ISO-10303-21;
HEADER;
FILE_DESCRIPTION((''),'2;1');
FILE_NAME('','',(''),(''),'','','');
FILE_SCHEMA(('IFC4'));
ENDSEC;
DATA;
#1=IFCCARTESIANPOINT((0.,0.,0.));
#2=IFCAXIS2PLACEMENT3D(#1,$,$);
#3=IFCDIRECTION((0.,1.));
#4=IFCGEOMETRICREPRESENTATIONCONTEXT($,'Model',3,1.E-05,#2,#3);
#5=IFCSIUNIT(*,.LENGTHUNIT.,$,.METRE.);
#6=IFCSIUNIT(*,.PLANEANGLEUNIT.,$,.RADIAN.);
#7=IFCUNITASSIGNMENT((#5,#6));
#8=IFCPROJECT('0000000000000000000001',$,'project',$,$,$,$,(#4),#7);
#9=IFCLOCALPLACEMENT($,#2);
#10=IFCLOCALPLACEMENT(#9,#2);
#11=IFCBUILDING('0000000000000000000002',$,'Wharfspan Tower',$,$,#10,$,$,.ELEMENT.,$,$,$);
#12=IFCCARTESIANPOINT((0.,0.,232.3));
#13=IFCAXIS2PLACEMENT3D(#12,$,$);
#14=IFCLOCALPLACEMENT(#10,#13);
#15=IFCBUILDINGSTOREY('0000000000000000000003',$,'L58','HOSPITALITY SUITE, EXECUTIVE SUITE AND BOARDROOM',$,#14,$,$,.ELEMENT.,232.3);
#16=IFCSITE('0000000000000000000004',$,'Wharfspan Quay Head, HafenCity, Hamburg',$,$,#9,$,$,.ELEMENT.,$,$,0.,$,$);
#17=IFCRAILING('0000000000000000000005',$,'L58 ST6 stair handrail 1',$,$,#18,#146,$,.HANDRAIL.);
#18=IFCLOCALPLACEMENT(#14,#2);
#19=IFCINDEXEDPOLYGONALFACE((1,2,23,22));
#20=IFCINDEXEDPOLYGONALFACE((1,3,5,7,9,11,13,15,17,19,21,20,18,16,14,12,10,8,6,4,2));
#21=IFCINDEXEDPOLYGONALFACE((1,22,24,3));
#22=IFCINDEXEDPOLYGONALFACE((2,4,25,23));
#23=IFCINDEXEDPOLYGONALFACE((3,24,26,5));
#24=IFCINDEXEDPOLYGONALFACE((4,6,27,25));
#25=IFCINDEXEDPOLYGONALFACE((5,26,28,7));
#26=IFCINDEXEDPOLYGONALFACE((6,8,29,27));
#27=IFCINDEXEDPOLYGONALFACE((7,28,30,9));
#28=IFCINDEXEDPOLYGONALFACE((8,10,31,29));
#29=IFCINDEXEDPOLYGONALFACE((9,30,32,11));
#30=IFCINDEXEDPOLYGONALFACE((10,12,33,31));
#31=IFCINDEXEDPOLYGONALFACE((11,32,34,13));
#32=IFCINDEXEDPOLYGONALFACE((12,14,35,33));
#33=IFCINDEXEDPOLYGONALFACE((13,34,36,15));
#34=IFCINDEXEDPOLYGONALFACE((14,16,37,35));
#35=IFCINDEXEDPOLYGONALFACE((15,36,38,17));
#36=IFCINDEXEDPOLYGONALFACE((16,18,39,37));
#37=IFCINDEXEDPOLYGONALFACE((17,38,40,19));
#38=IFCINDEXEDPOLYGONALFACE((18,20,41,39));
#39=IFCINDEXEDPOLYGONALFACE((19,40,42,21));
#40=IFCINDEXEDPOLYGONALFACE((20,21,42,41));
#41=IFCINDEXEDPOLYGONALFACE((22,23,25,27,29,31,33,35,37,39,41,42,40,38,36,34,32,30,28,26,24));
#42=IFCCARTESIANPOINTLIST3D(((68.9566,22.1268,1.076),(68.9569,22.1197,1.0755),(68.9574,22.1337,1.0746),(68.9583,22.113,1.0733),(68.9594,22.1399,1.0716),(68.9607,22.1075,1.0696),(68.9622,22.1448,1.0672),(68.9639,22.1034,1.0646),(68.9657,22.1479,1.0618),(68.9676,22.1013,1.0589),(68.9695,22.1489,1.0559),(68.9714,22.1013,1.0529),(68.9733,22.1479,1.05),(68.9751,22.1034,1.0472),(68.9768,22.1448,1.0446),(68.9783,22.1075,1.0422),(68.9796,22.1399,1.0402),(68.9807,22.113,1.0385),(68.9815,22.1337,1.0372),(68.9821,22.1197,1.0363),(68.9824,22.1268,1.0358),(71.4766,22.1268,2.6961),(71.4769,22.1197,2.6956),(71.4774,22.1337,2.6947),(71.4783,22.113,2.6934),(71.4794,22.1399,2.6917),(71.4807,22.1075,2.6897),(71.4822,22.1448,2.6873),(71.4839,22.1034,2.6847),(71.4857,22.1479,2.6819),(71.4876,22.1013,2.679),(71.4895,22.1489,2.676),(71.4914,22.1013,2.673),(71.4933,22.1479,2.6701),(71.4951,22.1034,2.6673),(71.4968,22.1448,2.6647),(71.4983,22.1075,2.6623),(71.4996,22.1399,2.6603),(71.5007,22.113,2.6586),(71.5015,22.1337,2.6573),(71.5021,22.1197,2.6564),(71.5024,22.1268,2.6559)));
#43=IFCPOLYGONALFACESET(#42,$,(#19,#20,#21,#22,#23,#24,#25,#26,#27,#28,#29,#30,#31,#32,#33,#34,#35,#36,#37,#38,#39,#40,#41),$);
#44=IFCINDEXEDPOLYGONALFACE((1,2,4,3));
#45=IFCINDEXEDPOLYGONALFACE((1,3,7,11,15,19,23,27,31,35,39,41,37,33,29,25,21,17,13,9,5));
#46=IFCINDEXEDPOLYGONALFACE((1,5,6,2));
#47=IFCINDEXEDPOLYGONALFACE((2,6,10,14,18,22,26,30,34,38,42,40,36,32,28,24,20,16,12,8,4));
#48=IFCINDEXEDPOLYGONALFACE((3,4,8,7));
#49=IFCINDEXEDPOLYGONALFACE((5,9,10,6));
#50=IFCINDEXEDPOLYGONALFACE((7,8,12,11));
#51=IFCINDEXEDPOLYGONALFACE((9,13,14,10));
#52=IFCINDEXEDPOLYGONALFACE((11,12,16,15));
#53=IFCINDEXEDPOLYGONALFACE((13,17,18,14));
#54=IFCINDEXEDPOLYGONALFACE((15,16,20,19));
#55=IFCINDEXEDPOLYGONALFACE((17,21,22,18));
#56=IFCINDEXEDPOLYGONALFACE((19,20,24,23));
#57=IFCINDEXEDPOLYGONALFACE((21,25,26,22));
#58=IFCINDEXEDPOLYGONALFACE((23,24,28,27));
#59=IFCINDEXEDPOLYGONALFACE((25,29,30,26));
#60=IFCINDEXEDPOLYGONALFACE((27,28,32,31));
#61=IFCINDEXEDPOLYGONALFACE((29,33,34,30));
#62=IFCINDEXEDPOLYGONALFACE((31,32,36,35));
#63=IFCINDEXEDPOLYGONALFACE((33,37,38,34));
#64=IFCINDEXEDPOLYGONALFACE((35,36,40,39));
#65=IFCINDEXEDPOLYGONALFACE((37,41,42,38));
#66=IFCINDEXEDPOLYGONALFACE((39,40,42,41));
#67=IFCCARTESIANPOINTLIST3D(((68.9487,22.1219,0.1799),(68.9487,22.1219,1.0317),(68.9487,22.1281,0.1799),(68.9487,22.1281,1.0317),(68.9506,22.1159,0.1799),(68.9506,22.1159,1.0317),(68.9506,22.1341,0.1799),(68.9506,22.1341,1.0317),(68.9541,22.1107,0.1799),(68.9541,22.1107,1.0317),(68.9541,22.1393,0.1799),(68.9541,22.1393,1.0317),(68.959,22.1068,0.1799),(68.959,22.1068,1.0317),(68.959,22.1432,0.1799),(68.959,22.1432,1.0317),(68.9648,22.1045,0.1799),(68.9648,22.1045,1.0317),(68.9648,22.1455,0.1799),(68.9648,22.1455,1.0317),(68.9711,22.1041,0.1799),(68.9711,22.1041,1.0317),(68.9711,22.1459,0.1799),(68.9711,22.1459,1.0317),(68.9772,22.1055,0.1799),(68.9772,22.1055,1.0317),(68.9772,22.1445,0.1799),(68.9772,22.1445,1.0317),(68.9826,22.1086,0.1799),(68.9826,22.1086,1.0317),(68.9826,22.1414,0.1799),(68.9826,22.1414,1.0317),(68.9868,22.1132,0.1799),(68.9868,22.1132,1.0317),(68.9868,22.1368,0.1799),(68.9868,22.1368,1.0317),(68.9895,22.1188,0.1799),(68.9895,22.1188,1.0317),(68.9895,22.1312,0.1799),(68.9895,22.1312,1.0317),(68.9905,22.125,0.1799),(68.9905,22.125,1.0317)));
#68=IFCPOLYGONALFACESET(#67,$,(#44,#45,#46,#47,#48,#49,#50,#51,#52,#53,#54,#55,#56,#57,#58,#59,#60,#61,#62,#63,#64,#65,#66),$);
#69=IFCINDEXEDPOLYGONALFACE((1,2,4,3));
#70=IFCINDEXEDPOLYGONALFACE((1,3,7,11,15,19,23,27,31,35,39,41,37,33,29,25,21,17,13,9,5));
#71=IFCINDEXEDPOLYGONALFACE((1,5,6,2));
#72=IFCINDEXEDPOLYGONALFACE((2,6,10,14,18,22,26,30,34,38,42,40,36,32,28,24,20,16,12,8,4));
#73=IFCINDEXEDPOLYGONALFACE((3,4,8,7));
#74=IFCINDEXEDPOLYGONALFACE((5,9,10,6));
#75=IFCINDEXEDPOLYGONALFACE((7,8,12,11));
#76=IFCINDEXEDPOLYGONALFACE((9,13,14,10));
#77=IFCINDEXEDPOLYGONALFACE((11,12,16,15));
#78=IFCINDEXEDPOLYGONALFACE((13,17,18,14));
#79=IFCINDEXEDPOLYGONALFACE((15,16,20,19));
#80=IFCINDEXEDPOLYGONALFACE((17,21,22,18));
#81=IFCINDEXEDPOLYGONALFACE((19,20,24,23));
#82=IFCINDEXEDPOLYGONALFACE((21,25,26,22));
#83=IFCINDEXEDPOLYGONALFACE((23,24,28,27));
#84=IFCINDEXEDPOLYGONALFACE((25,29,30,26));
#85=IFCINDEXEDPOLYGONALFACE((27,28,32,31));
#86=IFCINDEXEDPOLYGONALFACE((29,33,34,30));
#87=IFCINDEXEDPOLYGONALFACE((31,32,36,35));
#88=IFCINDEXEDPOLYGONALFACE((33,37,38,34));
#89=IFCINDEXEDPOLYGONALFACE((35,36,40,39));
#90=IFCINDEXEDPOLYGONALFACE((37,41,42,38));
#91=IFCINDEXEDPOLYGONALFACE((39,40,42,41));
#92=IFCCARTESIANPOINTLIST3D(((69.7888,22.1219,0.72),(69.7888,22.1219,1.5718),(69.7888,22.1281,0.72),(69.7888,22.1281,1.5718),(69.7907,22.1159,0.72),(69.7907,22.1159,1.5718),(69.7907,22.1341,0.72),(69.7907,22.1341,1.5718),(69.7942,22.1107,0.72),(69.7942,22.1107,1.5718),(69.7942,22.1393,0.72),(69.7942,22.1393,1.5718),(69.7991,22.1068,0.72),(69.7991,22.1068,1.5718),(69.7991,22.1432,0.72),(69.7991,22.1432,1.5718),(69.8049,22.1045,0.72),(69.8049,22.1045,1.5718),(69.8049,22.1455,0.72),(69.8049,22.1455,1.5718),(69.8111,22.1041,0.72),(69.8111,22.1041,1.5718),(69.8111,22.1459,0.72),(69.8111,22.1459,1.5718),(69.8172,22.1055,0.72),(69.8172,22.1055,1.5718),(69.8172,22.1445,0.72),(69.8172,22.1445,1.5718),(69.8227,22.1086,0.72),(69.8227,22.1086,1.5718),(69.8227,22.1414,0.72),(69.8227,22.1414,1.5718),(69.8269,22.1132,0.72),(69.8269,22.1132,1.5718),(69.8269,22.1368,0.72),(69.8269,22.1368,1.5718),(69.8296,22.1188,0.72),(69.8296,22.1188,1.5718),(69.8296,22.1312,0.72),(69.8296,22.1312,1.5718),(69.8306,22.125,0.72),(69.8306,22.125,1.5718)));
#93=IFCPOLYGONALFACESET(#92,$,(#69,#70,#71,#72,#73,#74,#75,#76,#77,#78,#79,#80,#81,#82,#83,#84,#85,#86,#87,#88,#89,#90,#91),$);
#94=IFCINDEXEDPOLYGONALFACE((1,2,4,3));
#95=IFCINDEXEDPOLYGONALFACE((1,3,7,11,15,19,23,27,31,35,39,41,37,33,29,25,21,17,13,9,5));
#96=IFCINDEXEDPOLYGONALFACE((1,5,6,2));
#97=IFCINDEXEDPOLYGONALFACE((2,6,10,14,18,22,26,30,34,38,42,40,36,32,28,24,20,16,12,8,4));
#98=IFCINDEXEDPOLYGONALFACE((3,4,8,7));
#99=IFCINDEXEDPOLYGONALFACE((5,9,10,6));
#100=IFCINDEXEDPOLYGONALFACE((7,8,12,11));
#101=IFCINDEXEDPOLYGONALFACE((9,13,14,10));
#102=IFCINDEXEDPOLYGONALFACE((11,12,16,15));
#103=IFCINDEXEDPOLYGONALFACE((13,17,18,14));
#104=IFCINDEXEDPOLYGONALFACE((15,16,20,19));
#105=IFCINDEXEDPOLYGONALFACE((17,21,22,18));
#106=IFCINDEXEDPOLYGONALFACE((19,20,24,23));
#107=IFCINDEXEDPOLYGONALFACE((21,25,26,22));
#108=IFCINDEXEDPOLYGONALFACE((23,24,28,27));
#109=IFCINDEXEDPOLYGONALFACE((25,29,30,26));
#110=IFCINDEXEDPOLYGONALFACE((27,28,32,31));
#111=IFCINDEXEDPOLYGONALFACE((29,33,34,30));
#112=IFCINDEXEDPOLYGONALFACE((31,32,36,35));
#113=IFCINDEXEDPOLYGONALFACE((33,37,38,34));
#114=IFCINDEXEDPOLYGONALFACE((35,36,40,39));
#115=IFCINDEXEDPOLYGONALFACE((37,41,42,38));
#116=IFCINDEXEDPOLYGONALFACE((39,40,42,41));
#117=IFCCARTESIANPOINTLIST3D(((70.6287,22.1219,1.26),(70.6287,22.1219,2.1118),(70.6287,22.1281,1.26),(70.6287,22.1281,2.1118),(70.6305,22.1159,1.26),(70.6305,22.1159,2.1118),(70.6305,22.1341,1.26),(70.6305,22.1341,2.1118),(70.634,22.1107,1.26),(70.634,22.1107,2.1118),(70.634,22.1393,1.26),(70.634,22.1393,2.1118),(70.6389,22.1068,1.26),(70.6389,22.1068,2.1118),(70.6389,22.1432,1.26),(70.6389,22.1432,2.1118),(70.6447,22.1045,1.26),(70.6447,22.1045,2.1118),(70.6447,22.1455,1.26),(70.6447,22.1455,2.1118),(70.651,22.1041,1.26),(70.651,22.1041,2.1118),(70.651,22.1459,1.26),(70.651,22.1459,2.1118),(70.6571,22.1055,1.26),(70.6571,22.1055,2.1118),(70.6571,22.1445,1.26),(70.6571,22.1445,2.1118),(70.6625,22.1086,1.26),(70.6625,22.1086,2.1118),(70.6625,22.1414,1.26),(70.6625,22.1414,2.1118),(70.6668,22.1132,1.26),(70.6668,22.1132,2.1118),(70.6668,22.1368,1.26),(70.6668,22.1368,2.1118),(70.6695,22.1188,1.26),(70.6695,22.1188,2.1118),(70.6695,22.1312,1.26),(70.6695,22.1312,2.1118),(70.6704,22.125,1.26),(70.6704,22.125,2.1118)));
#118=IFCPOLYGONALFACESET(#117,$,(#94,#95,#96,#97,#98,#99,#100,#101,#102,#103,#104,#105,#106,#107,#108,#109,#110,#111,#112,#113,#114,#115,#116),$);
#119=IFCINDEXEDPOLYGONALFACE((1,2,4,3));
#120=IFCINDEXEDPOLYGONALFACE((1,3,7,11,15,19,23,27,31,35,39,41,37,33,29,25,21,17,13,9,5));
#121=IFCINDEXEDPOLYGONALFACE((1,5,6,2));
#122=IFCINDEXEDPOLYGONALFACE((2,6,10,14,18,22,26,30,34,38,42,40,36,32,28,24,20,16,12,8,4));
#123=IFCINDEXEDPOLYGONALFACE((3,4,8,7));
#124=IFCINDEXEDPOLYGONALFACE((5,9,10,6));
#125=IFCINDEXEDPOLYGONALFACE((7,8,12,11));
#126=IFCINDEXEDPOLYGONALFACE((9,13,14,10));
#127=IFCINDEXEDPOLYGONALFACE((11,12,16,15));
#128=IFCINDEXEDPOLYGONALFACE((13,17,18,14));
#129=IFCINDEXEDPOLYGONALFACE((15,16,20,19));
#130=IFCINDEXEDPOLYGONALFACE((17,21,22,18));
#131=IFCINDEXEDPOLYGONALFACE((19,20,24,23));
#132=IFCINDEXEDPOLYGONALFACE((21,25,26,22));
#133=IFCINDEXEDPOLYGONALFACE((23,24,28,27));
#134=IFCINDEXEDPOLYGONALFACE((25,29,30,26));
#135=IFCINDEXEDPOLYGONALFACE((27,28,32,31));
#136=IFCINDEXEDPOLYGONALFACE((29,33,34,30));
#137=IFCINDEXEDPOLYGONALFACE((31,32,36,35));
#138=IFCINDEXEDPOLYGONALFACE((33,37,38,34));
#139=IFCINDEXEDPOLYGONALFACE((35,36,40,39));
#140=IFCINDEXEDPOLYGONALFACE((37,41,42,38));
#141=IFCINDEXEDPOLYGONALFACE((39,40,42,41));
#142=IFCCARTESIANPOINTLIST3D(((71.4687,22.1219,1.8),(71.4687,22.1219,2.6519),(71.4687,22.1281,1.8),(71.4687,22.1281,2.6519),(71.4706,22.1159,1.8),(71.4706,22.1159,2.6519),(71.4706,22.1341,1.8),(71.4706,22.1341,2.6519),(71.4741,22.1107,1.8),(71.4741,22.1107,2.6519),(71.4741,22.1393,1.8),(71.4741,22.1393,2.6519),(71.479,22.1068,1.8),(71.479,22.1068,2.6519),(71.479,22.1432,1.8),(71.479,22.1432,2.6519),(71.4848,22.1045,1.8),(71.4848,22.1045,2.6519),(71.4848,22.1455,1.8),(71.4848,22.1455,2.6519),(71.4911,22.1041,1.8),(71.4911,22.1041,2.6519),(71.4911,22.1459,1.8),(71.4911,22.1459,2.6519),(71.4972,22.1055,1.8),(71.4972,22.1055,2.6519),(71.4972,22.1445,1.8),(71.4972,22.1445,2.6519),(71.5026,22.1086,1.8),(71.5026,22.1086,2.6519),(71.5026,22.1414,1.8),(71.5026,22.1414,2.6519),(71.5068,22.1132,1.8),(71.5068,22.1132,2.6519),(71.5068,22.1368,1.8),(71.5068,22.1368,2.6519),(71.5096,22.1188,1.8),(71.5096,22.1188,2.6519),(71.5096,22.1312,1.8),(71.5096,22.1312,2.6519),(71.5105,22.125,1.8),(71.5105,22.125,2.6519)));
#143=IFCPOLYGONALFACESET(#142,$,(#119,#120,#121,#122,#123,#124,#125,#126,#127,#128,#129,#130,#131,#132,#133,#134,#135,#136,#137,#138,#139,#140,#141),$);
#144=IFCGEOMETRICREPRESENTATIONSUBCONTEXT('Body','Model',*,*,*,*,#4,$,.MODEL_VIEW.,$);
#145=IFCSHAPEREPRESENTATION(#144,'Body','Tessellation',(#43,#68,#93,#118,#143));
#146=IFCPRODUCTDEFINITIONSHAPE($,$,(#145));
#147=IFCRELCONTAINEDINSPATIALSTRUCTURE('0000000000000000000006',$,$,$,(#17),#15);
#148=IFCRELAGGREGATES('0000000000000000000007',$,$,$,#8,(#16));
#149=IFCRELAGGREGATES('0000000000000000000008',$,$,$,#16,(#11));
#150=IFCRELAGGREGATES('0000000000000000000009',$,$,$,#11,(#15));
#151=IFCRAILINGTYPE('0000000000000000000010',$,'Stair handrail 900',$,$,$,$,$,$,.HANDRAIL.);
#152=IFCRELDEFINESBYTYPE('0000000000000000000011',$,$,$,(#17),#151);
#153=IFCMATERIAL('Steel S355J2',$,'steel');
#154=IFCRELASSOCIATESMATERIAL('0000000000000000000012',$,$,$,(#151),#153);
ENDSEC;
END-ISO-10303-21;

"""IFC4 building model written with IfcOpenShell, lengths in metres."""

from ifc_helpers import new_model, si_unit, direction, frame, origin, origin_2d, place, context, subcontext, project, spatial, circle, extrude, material, type_object, element, save


model = new_model("IFC4")

# Units and contexts
model_context = context("Model", 3, precision=1e-05, world=origin(), true_north=direction((0.0, 1.0)))
body_context = subcontext(model_context, "Body", "Model", "MODEL_VIEW")
ifc_project = project(units=[si_unit("LENGTHUNIT", "METRE"), si_unit("PLANEANGLEUNIT", "RADIAN")], contexts=[model_context])

# Site, building, storey
site_placement = place(None, origin())
site = spatial("IfcSite", under=ifc_project, at=site_placement, Name="Wharfspan Quay Head, HafenCity, Hamburg", CompositionType="ELEMENT", RefElevation=0.0)
building_placement = place(site_placement, origin())
building = spatial("IfcBuilding", under=site, at=building_placement, Name="Wharfspan Tower", CompositionType="ELEMENT")
storey_placement = place(building_placement, frame((0.0, 0.0, 232.3)))
storey = spatial("IfcBuildingStorey", under=building, at=storey_placement, Name="L58", Description="HOSPITALITY SUITE, EXECUTIVE SUITE AND BOARDROOM", CompositionType="ELEMENT", Elevation=232.3)

# Railing
ifc_material_1 = material(Name="Steel S355J2", Category="steel")
railing_type_1 = type_object("IfcRailingType", Name="Stair handrail 900", PredefinedType="HANDRAIL", material=ifc_material_1)
railing_1_placement = place(storey_placement, frame((68.9695, 22.125, 0.1799)))
element("IfcRailing", 1, at=railing_1_placement, inside=storey, type_object=railing_type_1, Name="L58 ST6 stair handrail 1", PredefinedType="HANDRAIL", context=body_context, shape_type="SweptSolid", body=[
    extrude(circle(Radius=0.0239, at=origin_2d()), frame((0.0, 0.0, 0.876), z_axis=(0.841163, 0.0, 0.540782), x_axis=(0.0, 1.0, 0.0)), (0.0, 0.0, 1.0), 2.9958),
    extrude(circle(Radius=0.021, at=origin_2d()), origin(), (0.0, 0.0, 1.0), 0.8518),
    extrude(circle(Radius=0.021, at=origin_2d()), frame((0.8401, 0.0, 0.54)), (0.0, 0.0, 1.0), 0.8518),
    extrude(circle(Radius=0.021, at=origin_2d()), frame((1.6799, 0.0, 1.0801)), (0.0, 0.0, 1.0), 0.8518),
    extrude(circle(Radius=0.021, at=origin_2d()), frame((2.52, 0.0, 1.6201)), (0.0, 0.0, 1.0), 0.8518),
])

save(model, "model.ifc")
